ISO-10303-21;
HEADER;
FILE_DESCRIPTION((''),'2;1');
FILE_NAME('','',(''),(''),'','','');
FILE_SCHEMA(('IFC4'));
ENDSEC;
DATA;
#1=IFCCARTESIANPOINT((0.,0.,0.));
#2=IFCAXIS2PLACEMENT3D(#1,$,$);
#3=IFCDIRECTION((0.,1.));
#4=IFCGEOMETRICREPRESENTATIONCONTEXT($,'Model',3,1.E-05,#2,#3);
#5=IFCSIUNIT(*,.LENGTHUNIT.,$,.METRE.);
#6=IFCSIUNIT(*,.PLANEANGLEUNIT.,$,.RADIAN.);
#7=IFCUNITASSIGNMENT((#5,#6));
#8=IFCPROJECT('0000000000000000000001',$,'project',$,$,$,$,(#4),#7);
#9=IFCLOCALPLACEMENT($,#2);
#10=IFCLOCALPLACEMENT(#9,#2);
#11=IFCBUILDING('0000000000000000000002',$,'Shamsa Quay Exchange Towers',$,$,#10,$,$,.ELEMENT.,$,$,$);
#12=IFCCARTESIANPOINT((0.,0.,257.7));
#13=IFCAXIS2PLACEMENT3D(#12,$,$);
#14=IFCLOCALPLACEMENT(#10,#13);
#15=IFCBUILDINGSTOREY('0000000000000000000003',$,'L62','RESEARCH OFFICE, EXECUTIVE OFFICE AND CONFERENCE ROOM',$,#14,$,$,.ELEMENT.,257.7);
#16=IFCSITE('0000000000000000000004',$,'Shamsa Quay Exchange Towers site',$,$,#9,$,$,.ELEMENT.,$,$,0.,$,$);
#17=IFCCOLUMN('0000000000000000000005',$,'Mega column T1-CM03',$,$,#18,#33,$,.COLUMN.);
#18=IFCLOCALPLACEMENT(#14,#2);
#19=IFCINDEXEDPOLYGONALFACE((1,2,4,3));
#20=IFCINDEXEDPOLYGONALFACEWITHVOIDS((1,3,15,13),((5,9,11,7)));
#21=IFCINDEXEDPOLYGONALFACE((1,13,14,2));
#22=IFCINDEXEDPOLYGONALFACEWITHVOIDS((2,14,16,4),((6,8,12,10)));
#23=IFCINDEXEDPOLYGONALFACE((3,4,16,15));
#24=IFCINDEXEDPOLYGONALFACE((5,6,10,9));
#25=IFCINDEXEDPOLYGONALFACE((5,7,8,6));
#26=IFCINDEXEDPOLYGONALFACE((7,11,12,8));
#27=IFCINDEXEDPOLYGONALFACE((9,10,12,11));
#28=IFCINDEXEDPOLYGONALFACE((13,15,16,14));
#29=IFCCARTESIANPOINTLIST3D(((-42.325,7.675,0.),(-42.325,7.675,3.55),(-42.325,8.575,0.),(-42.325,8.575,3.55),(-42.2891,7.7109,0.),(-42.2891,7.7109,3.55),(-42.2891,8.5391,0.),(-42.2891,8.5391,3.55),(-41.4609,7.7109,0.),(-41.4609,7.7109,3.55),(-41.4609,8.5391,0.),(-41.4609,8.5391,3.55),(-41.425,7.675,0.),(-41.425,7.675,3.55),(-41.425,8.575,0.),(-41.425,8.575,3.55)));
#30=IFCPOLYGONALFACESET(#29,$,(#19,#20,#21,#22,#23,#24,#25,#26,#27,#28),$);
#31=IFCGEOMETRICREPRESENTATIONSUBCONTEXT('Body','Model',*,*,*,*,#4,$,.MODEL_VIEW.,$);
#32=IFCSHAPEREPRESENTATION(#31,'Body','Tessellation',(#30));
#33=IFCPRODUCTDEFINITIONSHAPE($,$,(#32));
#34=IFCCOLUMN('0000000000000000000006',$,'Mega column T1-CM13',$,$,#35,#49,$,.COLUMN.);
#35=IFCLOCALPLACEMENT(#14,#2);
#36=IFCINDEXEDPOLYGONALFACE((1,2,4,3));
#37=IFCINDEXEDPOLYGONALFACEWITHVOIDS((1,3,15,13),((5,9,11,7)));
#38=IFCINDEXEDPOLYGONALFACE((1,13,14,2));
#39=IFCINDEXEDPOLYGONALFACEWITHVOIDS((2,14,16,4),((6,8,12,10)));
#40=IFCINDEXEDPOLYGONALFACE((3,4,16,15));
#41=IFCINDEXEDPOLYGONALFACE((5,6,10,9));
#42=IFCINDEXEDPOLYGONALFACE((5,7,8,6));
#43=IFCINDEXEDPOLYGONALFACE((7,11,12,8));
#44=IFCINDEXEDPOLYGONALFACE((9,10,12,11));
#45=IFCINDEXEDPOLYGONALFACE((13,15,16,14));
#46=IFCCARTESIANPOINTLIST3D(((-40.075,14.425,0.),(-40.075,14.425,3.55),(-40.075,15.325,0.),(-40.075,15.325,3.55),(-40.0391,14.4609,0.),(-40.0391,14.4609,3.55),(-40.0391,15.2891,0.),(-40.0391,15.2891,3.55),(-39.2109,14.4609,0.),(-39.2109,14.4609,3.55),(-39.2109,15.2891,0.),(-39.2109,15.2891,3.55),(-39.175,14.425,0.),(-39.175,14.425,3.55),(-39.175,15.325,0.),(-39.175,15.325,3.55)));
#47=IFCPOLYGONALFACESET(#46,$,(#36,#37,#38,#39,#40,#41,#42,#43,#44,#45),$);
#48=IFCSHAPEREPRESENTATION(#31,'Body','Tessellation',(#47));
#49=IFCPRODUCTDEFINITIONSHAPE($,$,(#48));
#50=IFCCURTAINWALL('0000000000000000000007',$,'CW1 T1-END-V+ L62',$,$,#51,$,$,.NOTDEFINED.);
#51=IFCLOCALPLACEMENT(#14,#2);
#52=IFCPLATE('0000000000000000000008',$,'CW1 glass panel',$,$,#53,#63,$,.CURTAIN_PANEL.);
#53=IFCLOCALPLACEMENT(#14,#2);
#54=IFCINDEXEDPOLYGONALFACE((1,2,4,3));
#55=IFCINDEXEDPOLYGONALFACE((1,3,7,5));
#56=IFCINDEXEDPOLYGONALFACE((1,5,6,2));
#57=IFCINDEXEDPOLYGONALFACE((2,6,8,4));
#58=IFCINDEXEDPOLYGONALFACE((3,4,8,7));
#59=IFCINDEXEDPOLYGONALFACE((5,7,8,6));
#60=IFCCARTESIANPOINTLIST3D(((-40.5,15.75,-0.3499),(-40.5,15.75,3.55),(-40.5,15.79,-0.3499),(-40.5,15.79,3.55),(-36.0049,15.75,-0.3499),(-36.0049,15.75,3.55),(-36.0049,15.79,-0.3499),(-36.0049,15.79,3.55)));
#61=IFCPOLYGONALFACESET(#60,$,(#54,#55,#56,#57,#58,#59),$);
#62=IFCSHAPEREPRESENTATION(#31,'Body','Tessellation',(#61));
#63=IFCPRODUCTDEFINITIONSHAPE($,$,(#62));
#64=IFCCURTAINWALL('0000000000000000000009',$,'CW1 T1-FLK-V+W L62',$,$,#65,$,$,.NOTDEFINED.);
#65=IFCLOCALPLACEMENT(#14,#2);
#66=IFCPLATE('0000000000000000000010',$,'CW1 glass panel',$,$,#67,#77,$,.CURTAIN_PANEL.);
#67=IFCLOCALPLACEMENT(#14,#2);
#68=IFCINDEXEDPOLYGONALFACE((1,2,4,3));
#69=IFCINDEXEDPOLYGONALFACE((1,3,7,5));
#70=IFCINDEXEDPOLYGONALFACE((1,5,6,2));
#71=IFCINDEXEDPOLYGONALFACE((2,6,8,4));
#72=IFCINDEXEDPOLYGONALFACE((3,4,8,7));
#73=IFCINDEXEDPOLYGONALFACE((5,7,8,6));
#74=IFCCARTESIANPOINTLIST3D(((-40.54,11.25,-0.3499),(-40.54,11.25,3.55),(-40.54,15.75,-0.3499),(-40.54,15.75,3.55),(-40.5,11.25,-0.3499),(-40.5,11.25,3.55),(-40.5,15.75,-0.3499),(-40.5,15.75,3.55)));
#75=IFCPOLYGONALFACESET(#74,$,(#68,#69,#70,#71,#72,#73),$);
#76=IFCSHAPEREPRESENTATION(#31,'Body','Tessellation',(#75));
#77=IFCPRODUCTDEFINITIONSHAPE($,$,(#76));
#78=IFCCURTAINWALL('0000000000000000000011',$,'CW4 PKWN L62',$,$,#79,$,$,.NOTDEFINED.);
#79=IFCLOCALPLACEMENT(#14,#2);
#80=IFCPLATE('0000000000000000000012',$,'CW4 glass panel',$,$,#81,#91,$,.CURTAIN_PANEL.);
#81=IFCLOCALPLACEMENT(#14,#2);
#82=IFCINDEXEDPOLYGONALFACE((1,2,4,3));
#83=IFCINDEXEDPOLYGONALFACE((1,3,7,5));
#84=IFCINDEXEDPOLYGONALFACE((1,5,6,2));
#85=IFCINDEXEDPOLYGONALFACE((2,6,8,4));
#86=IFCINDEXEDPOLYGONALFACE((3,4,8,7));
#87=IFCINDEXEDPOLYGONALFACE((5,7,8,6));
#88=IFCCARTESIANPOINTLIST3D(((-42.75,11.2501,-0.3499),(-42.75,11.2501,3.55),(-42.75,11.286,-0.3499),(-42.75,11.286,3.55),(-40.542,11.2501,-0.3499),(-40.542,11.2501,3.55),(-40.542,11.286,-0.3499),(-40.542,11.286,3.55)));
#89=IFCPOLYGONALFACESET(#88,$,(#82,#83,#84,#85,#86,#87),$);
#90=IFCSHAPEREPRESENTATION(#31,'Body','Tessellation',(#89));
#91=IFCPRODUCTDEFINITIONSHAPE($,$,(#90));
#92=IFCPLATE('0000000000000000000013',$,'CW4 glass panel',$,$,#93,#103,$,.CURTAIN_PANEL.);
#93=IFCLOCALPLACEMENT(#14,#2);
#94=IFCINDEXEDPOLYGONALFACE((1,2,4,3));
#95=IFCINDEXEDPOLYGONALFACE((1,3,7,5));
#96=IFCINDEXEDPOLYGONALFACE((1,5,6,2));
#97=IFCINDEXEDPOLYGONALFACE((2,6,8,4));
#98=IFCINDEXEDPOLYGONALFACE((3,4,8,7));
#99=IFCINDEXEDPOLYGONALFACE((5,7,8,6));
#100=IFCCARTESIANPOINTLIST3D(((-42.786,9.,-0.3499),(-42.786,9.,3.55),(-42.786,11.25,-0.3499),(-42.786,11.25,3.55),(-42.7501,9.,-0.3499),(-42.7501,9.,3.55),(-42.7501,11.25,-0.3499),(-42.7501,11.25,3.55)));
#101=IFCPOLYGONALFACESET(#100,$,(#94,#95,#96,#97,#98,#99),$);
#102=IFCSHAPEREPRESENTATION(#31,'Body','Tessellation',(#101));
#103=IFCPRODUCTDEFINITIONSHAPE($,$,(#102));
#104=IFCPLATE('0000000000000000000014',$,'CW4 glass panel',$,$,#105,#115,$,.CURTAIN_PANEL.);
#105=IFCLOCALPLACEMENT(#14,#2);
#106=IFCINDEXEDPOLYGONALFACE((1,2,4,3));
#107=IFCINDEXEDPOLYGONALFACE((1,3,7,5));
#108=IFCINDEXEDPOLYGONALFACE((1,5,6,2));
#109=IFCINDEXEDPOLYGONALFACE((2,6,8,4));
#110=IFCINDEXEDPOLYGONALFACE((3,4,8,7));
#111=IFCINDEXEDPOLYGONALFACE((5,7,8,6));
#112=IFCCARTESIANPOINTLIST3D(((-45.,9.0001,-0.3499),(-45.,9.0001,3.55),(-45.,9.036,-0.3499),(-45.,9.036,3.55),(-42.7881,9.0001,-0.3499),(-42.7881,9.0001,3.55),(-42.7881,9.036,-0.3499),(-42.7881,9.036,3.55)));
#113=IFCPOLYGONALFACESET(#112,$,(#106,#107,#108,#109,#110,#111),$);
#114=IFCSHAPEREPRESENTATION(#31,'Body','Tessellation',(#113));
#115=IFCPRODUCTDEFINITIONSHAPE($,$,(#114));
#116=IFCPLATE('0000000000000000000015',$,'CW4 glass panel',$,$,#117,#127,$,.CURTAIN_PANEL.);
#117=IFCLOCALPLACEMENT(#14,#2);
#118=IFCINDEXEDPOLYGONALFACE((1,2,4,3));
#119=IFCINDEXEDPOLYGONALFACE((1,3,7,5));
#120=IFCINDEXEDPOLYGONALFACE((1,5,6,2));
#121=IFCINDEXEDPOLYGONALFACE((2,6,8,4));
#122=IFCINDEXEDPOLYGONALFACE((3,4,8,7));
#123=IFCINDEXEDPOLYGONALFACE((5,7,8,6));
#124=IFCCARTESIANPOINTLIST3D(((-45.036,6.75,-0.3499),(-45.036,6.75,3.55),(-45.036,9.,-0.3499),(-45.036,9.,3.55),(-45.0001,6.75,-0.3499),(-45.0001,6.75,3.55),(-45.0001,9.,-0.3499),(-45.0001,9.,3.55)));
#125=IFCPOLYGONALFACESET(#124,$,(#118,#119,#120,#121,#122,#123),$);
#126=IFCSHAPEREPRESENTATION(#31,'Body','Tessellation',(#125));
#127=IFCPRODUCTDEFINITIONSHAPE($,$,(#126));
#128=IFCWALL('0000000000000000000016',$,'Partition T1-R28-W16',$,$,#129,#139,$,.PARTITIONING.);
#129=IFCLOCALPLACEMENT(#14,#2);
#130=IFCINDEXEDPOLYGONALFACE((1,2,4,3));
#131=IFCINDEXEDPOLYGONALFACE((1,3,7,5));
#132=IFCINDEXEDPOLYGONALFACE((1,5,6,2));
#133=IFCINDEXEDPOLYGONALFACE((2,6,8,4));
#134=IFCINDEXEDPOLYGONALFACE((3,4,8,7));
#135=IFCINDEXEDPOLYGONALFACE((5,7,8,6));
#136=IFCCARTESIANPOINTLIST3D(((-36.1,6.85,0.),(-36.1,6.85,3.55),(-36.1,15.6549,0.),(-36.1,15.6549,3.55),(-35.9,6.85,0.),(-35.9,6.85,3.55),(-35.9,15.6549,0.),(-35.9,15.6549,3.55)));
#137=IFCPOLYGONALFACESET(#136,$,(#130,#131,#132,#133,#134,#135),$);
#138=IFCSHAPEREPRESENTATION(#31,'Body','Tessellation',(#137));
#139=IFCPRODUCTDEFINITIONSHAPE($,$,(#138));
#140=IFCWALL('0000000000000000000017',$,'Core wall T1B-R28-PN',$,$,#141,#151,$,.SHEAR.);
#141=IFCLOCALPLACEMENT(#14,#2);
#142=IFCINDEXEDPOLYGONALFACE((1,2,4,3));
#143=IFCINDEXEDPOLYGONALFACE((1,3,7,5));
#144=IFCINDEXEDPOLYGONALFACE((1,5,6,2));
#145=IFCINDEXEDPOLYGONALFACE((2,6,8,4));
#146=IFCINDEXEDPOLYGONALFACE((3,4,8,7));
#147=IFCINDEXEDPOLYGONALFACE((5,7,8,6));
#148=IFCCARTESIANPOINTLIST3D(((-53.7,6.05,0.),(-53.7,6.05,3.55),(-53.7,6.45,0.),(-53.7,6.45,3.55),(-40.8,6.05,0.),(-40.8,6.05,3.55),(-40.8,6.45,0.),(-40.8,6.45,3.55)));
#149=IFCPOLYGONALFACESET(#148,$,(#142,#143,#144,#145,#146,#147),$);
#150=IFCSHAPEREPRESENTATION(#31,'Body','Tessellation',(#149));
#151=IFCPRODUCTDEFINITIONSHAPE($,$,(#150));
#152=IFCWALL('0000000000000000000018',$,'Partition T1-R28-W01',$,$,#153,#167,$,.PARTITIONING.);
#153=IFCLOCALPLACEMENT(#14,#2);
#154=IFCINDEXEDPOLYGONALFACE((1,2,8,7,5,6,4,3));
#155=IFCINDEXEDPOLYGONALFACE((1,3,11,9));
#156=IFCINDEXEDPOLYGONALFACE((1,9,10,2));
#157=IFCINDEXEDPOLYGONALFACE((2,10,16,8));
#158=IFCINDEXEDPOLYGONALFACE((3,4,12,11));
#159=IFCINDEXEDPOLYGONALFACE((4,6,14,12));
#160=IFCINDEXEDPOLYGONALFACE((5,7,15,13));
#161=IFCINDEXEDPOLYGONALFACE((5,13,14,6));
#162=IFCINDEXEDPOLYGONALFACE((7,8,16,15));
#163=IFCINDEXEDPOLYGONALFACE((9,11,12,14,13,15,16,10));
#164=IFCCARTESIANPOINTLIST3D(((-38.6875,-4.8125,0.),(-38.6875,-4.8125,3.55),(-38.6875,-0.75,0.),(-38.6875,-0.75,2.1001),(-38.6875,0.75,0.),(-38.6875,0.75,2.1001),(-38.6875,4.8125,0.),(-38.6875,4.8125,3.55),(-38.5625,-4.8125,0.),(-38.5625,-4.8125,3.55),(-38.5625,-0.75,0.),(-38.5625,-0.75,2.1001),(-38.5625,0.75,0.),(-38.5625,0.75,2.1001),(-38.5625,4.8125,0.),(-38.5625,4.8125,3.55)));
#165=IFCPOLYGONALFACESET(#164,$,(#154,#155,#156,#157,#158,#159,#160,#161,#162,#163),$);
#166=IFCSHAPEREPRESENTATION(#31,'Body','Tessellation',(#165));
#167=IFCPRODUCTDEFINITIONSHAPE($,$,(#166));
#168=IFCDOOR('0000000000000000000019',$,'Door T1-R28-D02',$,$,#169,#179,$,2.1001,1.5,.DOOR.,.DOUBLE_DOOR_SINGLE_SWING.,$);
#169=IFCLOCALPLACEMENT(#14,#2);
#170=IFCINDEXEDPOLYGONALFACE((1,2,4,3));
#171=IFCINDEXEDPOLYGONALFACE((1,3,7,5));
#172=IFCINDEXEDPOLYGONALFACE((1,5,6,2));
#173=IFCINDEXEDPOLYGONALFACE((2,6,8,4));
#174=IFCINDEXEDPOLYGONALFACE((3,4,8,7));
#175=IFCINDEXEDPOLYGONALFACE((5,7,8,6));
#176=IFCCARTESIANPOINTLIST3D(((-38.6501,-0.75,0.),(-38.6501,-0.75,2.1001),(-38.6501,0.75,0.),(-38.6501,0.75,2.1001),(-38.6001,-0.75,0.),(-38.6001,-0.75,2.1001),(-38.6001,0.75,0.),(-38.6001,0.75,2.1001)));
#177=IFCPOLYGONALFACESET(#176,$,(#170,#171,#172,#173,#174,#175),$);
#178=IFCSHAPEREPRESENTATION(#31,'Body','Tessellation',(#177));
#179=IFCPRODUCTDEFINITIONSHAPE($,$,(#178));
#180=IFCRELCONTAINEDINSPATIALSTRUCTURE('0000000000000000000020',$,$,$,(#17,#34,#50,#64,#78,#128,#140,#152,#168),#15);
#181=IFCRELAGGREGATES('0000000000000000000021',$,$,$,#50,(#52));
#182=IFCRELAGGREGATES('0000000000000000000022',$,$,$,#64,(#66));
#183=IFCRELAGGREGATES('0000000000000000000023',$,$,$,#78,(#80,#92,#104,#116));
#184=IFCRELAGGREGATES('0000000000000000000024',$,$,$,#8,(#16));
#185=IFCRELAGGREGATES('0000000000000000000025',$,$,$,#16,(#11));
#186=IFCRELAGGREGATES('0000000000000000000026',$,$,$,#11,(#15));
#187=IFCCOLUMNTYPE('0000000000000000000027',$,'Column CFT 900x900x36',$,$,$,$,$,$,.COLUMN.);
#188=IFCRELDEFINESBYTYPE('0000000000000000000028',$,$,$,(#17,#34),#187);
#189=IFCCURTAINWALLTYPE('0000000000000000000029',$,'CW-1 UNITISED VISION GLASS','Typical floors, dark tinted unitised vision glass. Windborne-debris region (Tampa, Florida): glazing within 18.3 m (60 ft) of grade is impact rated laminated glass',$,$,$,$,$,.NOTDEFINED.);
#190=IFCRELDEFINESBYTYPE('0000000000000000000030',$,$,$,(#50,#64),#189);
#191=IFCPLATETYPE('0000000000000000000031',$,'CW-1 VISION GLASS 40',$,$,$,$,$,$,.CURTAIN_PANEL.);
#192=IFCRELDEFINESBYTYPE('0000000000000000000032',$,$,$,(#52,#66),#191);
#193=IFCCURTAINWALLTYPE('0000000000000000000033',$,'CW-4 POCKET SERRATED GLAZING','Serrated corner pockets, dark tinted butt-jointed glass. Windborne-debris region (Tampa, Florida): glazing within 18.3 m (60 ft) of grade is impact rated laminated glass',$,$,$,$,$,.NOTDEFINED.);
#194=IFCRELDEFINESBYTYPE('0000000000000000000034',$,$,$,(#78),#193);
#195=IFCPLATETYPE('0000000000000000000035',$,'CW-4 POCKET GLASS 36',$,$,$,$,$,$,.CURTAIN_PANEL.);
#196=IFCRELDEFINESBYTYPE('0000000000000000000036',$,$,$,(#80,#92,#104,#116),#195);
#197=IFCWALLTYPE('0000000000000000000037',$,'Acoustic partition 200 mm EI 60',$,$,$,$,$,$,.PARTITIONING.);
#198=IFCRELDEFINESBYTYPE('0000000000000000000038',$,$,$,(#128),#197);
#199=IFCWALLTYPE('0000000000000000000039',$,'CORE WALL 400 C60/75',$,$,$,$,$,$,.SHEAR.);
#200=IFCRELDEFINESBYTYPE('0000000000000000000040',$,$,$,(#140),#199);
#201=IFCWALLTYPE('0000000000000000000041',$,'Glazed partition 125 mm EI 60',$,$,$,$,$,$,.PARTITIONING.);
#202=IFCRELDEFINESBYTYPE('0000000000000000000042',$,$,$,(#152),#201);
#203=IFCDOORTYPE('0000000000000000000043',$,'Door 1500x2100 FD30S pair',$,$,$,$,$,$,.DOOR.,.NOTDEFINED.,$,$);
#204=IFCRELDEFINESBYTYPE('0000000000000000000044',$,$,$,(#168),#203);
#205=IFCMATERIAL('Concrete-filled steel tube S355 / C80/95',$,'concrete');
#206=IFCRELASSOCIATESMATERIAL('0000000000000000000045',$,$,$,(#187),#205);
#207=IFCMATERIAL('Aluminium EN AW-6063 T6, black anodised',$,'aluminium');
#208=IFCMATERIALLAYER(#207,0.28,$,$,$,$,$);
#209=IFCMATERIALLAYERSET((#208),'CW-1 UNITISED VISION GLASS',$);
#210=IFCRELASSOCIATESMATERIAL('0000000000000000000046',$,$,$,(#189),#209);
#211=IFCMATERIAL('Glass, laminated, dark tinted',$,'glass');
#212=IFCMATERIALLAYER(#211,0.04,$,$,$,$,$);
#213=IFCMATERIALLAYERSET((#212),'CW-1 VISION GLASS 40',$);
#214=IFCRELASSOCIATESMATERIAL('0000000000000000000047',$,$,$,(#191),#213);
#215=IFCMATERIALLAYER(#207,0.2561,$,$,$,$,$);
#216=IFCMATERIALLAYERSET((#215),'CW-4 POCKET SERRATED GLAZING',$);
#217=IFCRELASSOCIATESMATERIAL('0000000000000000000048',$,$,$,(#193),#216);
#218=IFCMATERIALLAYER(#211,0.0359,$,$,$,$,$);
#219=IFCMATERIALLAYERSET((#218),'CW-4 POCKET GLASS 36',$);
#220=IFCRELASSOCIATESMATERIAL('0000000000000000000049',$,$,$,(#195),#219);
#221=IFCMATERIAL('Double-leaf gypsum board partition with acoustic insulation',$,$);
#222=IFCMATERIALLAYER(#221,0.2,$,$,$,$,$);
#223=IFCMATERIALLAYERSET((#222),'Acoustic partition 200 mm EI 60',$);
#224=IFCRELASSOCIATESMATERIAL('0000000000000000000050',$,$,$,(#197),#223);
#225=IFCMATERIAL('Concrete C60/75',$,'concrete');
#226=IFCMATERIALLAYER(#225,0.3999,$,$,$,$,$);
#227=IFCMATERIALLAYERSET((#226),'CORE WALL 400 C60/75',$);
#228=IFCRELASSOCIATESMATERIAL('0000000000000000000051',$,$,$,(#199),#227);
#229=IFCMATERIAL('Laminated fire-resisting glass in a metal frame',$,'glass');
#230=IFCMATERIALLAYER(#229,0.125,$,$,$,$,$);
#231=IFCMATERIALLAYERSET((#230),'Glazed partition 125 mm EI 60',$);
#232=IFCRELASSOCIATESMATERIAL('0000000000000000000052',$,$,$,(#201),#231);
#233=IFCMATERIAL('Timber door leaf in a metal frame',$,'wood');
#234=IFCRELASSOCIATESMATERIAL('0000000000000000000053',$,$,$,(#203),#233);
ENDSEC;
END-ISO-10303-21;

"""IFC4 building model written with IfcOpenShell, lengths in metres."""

from ifc_helpers import new_model, si_unit, direction, frame, frame_2d, origin, origin_2d, place, context, subcontext, project, spatial, rectangle, hollow_rectangle, extrude, material, layer, layer_set, material_profile, profile_set, type_object, element, fill, aggregate, save


model = new_model("IFC4")

# Units and contexts
model_context = context("Model", 3, precision=1e-05, world=origin(), true_north=direction((0.0, 1.0)))
body_context = subcontext(model_context, "Body", "Model", "MODEL_VIEW")
ifc_project = project(units=[si_unit("LENGTHUNIT", "METRE"), si_unit("PLANEANGLEUNIT", "RADIAN")], contexts=[model_context])

# Site, building, storey
site_placement = place(None, origin())
site = spatial("IfcSite", under=ifc_project, at=site_placement, Name="Shamsa Quay Exchange Towers site", CompositionType="ELEMENT", RefElevation=0.0)
building_placement = place(site_placement, origin())
building = spatial("IfcBuilding", under=site, at=building_placement, Name="Shamsa Quay Exchange Towers", CompositionType="ELEMENT")
storey_placement = place(building_placement, frame((0.0, 0.0, 257.7)))
storey = spatial("IfcBuildingStorey", under=building, at=storey_placement, Name="L62", Description="RESEARCH OFFICE, EXECUTIVE OFFICE AND CONFERENCE ROOM", CompositionType="ELEMENT", Elevation=257.7)

# Columns
ifc_material_1 = material(Name="Concrete-filled steel tube S355 / C80/95", Category="concrete")
ifc_material_profile_1 = material_profile(ifc_material_1, hollow_rectangle(XDim=0.8999, YDim=0.8999, WallThickness=0.0359, at=origin_2d()), Name="CFT 900x900x36")
ifc_profile_set_1 = profile_set([ifc_material_profile_1], Name="Concrete-filled steel tube S355 / C80/95")
column_type = type_object("IfcColumnType", Name="Column CFT 900x900x36", PredefinedType="COLUMN", material=ifc_profile_set_1)
for number, where, name in (
    (1, (-41.875, 8.125, 0.0), "Mega column T1-CM03"),
    (2, (-39.625, 14.875, 0.0), "Mega column T1-CM13"),
):
    element("IfcColumn", number, at=place(storey_placement, frame(where)), inside=storey, type_object=column_type, Name=name, PredefinedType="COLUMN", context=body_context, shape_type="SweptSolid", body=[
        extrude(hollow_rectangle(XDim=0.8999, YDim=0.8999, WallThickness=0.0359, at=origin_2d()), origin(), (0.0, 0.0, 1.0), 3.55),
    ])

# Curtain walls, plates
ifc_material_2 = material(Name="Aluminium EN AW-6063 T6, black anodised", Category="aluminium")
ifc_layer_1 = layer(ifc_material_2, 0.28)
ifc_layer_set_1 = layer_set([ifc_layer_1], Name="CW-1 UNITISED VISION GLASS")
curtain_wall_type_1 = type_object("IfcCurtainWallType", Name="CW-1 UNITISED VISION GLASS", Description="Typical floors, dark tinted unitised vision glass. Windborne-debris region (Tampa, Florida): glazing within 18.3 m (60 ft) of grade is impact rated laminated glass", PredefinedType="NOTDEFINED", material=ifc_layer_set_1)
curtain_wall_1_placement = place(storey_placement, origin())
curtain_wall_1 = element("IfcCurtainWall", 3, at=curtain_wall_1_placement, inside=storey, type_object=curtain_wall_type_1, Name="CW1 T1-END-V+ L62", PredefinedType="NOTDEFINED")
ifc_material_3 = material(Name="Glass, laminated, dark tinted", Category="glass")
ifc_layer_2 = layer(ifc_material_3, 0.04)
ifc_layer_set_2 = layer_set([ifc_layer_2], Name="CW-1 VISION GLASS 40")
plate_type_1 = type_object("IfcPlateType", Name="CW-1 VISION GLASS 40", PredefinedType="CURTAIN_PANEL", material=ifc_layer_set_2)
plate_1_placement = place(storey_placement, frame((-38.2524, 15.77, -0.3499), z_axis=(0.0, 0.0, 1.0), x_axis=(-1.0, 0.0, 0.0)))
plate_1 = element("IfcPlate", 4, at=plate_1_placement, type_object=plate_type_1, Name="CW1 glass panel", PredefinedType="CURTAIN_PANEL", context=body_context, shape_type="SweptSolid", body=[
    extrude(rectangle(XDim=4.4951, YDim=0.04, at=origin_2d()), origin(), (0.0, 0.0, 1.0), 3.8999),
])
aggregate(curtain_wall_1, [plate_1])
curtain_wall_2_placement = place(storey_placement, origin())
curtain_wall_2 = element("IfcCurtainWall", 5, at=curtain_wall_2_placement, inside=storey, type_object=curtain_wall_type_1, Name="CW1 T1-FLK-V+W L62", PredefinedType="NOTDEFINED")
plate_2_placement = place(storey_placement, frame((-40.52, 13.5, -0.3499), z_axis=(0.0, 0.0, 1.0), x_axis=(0.0, -1.0, 0.0)))
plate_2 = element("IfcPlate", 6, at=plate_2_placement, type_object=plate_type_1, Name="CW1 glass panel", PredefinedType="CURTAIN_PANEL", context=body_context, shape_type="SweptSolid", body=[
    extrude(rectangle(XDim=4.5, YDim=0.04, at=origin_2d()), origin(), (0.0, 0.0, 1.0), 3.8999),
])
aggregate(curtain_wall_2, [plate_2])

# Curtain wall, plates
ifc_layer_3 = layer(ifc_material_2, 0.2561)
ifc_layer_set_3 = layer_set([ifc_layer_3], Name="CW-4 POCKET SERRATED GLAZING")
curtain_wall_type_2 = type_object("IfcCurtainWallType", Name="CW-4 POCKET SERRATED GLAZING", Description="Serrated corner pockets, dark tinted butt-jointed glass. Windborne-debris region (Tampa, Florida): glazing within 18.3 m (60 ft) of grade is impact rated laminated glass", PredefinedType="NOTDEFINED", material=ifc_layer_set_3)
curtain_wall_3_placement = place(storey_placement, origin())
curtain_wall_3 = element("IfcCurtainWall", 7, at=curtain_wall_3_placement, inside=storey, type_object=curtain_wall_type_2, Name="CW4 PKWN L62", PredefinedType="NOTDEFINED")
ifc_layer_4 = layer(ifc_material_3, 0.0359)
ifc_layer_set_4 = layer_set([ifc_layer_4], Name="CW-4 POCKET GLASS 36")
plate_type_2 = type_object("IfcPlateType", Name="CW-4 POCKET GLASS 36", PredefinedType="CURTAIN_PANEL", material=ifc_layer_set_4)
plate_3_placement = place(storey_placement, frame((-41.646, 11.2681, -0.3499), z_axis=(0.0, 0.0, 1.0), x_axis=(-1.0, 0.0, 0.0)))
plate_3 = element("IfcPlate", 8, at=plate_3_placement, type_object=plate_type_2, Name="CW4 glass panel", PredefinedType="CURTAIN_PANEL", context=body_context, shape_type="SweptSolid", body=[
    extrude(rectangle(XDim=2.208, YDim=0.0359, at=origin_2d()), origin(), (0.0, 0.0, 1.0), 3.8999),
])
plate_4_placement = place(storey_placement, frame((-42.7681, 10.125, -0.3499), z_axis=(0.0, 0.0, 1.0), x_axis=(0.0, -1.0, 0.0)))
plate_4 = element("IfcPlate", 9, at=plate_4_placement, type_object=plate_type_2, Name="CW4 glass panel", PredefinedType="CURTAIN_PANEL", context=body_context, shape_type="SweptSolid", body=[
    extrude(rectangle(XDim=2.25, YDim=0.0359, at=origin_2d()), origin(), (0.0, 0.0, 1.0), 3.8999),
])
plate_5_placement = place(storey_placement, frame((-43.894, 9.0181, -0.3499), z_axis=(0.0, 0.0, 1.0), x_axis=(-1.0, 0.0, 0.0)))
plate_5 = element("IfcPlate", 10, at=plate_5_placement, type_object=plate_type_2, Name="CW4 glass panel", PredefinedType="CURTAIN_PANEL", context=body_context, shape_type="SweptSolid", body=[
    extrude(rectangle(XDim=2.2119, YDim=0.0359, at=origin_2d()), origin(), (0.0, 0.0, 1.0), 3.8999),
])
plate_6_placement = place(storey_placement, frame((-45.0181, 7.875, -0.3499), z_axis=(0.0, 0.0, 1.0), x_axis=(0.0, -1.0, 0.0)))
plate_6 = element("IfcPlate", 11, at=plate_6_placement, type_object=plate_type_2, Name="CW4 glass panel", PredefinedType="CURTAIN_PANEL", context=body_context, shape_type="SweptSolid", body=[
    extrude(rectangle(XDim=2.25, YDim=0.0359, at=origin_2d()), origin(), (0.0, 0.0, 1.0), 3.8999),
])
aggregate(curtain_wall_3, [plate_3, plate_4, plate_5, plate_6])

# Walls
ifc_material_4 = material(Name="Double-leaf gypsum board partition with acoustic insulation")
ifc_layer_5 = layer(ifc_material_4, 0.2)
ifc_layer_set_5 = layer_set([ifc_layer_5], Name="Acoustic partition 200 mm EI 60")
wall_type_1 = type_object("IfcWallType", Name="Acoustic partition 200 mm EI 60", PredefinedType="PARTITIONING", material=ifc_layer_set_5)
wall_1_placement = place(storey_placement, frame((-36.0, 6.8501, 0.0), z_axis=(0.0, 0.0, 1.0), x_axis=(0.0, 1.0, 0.0)))
element("IfcWall", 12, at=wall_1_placement, inside=storey, type_object=wall_type_1, Name="Partition T1-R28-W16", PredefinedType="PARTITIONING", context=body_context, shape_type="SweptSolid", body=[
    extrude(rectangle(XDim=8.8049, YDim=0.2, at=frame_2d((4.4023, 0.0))), origin(), (0.0, 0.0, 1.0), 3.55),
])
ifc_material_5 = material(Name="Concrete C60/75", Category="concrete")
ifc_layer_6 = layer(ifc_material_5, 0.3999)
ifc_layer_set_6 = layer_set([ifc_layer_6], Name="CORE WALL 400 C60/75")
wall_type_2 = type_object("IfcWallType", Name="CORE WALL 400 C60/75", PredefinedType="SHEAR", material=ifc_layer_set_6)
wall_2_placement = place(storey_placement, frame((-40.8, 6.25, 0.0), z_axis=(0.0, 0.0, 1.0), x_axis=(-1.0, 0.0, 0.0)))
element("IfcWall", 13, at=wall_2_placement, inside=storey, type_object=wall_type_2, Name="Core wall T1B-R28-PN", PredefinedType="SHEAR", context=body_context, shape_type="SweptSolid", body=[
    extrude(rectangle(XDim=12.8999, YDim=0.3999, at=frame_2d((6.45, 0.0))), origin(), (0.0, 0.0, 1.0), 3.55),
])

# Wall, opening, door
ifc_material_6 = material(Name="Laminated fire-resisting glass in a metal frame", Category="glass")
ifc_layer_7 = layer(ifc_material_6, 0.125)
ifc_layer_set_7 = layer_set([ifc_layer_7], Name="Glazed partition 125 mm EI 60")
wall_type_3 = type_object("IfcWallType", Name="Glazed partition 125 mm EI 60", PredefinedType="PARTITIONING", material=ifc_layer_set_7)
wall_3_placement = place(storey_placement, frame((-38.625, 4.8125, 0.0), z_axis=(0.0, 0.0, 1.0), x_axis=(0.0, -1.0, 0.0)))
wall_3 = element("IfcWall", 14, at=wall_3_placement, inside=storey, type_object=wall_type_3, Name="Partition T1-R28-W01", PredefinedType="PARTITIONING", context=body_context, shape_type="SweptSolid", body=[
    extrude(rectangle(XDim=9.625, YDim=0.125, at=frame_2d((4.8125, 0.0))), origin(), (0.0, 0.0, 1.0), 3.55),
])
opening_1_placement = place(wall_3_placement, frame((4.0625, 0.0, 0.0)))
opening_1 = element("IfcOpeningElement", 15, at=opening_1_placement, cuts=wall_3, PredefinedType="OPENING", context=body_context, shape_type="SweptSolid", body=[
    extrude(rectangle(XDim=1.5, YDim=2.1001, at=frame_2d((0.75, 1.05))), frame((0.0, 0.0725, 0.0), z_axis=(0.0, -1.0, 0.0), x_axis=(1.0, 0.0, 0.0)), (0.0, 0.0, 1.0), 0.145),
])
ifc_material_7 = material(Name="Timber door leaf in a metal frame", Category="wood")
door_type_1 = type_object("IfcDoorType", Name="Door 1500x2100 FD30S pair", OperationType="NOTDEFINED", PredefinedType="DOOR", material=ifc_material_7)
door_1_placement = place(opening_1_placement, origin())
door_1 = element("IfcDoor", 16, at=door_1_placement, inside=storey, type_object=door_type_1, Name="Door T1-R28-D02", OperationType="DOUBLE_DOOR_SINGLE_SWING", OverallHeight=2.1001, OverallWidth=1.5, PredefinedType="DOOR", context=body_context, shape_type="SweptSolid", body=[
    extrude(rectangle(XDim=1.5, YDim=2.1001, at=frame_2d((0.75, 1.05))), frame((0.0, 0.0249, 0.0), z_axis=(0.0, -1.0, 0.0), x_axis=(1.0, 0.0, 0.0)), (0.0, 0.0, 1.0), 0.05),
])
fill(opening_1, door_1)

save(model, "model.ifc")
